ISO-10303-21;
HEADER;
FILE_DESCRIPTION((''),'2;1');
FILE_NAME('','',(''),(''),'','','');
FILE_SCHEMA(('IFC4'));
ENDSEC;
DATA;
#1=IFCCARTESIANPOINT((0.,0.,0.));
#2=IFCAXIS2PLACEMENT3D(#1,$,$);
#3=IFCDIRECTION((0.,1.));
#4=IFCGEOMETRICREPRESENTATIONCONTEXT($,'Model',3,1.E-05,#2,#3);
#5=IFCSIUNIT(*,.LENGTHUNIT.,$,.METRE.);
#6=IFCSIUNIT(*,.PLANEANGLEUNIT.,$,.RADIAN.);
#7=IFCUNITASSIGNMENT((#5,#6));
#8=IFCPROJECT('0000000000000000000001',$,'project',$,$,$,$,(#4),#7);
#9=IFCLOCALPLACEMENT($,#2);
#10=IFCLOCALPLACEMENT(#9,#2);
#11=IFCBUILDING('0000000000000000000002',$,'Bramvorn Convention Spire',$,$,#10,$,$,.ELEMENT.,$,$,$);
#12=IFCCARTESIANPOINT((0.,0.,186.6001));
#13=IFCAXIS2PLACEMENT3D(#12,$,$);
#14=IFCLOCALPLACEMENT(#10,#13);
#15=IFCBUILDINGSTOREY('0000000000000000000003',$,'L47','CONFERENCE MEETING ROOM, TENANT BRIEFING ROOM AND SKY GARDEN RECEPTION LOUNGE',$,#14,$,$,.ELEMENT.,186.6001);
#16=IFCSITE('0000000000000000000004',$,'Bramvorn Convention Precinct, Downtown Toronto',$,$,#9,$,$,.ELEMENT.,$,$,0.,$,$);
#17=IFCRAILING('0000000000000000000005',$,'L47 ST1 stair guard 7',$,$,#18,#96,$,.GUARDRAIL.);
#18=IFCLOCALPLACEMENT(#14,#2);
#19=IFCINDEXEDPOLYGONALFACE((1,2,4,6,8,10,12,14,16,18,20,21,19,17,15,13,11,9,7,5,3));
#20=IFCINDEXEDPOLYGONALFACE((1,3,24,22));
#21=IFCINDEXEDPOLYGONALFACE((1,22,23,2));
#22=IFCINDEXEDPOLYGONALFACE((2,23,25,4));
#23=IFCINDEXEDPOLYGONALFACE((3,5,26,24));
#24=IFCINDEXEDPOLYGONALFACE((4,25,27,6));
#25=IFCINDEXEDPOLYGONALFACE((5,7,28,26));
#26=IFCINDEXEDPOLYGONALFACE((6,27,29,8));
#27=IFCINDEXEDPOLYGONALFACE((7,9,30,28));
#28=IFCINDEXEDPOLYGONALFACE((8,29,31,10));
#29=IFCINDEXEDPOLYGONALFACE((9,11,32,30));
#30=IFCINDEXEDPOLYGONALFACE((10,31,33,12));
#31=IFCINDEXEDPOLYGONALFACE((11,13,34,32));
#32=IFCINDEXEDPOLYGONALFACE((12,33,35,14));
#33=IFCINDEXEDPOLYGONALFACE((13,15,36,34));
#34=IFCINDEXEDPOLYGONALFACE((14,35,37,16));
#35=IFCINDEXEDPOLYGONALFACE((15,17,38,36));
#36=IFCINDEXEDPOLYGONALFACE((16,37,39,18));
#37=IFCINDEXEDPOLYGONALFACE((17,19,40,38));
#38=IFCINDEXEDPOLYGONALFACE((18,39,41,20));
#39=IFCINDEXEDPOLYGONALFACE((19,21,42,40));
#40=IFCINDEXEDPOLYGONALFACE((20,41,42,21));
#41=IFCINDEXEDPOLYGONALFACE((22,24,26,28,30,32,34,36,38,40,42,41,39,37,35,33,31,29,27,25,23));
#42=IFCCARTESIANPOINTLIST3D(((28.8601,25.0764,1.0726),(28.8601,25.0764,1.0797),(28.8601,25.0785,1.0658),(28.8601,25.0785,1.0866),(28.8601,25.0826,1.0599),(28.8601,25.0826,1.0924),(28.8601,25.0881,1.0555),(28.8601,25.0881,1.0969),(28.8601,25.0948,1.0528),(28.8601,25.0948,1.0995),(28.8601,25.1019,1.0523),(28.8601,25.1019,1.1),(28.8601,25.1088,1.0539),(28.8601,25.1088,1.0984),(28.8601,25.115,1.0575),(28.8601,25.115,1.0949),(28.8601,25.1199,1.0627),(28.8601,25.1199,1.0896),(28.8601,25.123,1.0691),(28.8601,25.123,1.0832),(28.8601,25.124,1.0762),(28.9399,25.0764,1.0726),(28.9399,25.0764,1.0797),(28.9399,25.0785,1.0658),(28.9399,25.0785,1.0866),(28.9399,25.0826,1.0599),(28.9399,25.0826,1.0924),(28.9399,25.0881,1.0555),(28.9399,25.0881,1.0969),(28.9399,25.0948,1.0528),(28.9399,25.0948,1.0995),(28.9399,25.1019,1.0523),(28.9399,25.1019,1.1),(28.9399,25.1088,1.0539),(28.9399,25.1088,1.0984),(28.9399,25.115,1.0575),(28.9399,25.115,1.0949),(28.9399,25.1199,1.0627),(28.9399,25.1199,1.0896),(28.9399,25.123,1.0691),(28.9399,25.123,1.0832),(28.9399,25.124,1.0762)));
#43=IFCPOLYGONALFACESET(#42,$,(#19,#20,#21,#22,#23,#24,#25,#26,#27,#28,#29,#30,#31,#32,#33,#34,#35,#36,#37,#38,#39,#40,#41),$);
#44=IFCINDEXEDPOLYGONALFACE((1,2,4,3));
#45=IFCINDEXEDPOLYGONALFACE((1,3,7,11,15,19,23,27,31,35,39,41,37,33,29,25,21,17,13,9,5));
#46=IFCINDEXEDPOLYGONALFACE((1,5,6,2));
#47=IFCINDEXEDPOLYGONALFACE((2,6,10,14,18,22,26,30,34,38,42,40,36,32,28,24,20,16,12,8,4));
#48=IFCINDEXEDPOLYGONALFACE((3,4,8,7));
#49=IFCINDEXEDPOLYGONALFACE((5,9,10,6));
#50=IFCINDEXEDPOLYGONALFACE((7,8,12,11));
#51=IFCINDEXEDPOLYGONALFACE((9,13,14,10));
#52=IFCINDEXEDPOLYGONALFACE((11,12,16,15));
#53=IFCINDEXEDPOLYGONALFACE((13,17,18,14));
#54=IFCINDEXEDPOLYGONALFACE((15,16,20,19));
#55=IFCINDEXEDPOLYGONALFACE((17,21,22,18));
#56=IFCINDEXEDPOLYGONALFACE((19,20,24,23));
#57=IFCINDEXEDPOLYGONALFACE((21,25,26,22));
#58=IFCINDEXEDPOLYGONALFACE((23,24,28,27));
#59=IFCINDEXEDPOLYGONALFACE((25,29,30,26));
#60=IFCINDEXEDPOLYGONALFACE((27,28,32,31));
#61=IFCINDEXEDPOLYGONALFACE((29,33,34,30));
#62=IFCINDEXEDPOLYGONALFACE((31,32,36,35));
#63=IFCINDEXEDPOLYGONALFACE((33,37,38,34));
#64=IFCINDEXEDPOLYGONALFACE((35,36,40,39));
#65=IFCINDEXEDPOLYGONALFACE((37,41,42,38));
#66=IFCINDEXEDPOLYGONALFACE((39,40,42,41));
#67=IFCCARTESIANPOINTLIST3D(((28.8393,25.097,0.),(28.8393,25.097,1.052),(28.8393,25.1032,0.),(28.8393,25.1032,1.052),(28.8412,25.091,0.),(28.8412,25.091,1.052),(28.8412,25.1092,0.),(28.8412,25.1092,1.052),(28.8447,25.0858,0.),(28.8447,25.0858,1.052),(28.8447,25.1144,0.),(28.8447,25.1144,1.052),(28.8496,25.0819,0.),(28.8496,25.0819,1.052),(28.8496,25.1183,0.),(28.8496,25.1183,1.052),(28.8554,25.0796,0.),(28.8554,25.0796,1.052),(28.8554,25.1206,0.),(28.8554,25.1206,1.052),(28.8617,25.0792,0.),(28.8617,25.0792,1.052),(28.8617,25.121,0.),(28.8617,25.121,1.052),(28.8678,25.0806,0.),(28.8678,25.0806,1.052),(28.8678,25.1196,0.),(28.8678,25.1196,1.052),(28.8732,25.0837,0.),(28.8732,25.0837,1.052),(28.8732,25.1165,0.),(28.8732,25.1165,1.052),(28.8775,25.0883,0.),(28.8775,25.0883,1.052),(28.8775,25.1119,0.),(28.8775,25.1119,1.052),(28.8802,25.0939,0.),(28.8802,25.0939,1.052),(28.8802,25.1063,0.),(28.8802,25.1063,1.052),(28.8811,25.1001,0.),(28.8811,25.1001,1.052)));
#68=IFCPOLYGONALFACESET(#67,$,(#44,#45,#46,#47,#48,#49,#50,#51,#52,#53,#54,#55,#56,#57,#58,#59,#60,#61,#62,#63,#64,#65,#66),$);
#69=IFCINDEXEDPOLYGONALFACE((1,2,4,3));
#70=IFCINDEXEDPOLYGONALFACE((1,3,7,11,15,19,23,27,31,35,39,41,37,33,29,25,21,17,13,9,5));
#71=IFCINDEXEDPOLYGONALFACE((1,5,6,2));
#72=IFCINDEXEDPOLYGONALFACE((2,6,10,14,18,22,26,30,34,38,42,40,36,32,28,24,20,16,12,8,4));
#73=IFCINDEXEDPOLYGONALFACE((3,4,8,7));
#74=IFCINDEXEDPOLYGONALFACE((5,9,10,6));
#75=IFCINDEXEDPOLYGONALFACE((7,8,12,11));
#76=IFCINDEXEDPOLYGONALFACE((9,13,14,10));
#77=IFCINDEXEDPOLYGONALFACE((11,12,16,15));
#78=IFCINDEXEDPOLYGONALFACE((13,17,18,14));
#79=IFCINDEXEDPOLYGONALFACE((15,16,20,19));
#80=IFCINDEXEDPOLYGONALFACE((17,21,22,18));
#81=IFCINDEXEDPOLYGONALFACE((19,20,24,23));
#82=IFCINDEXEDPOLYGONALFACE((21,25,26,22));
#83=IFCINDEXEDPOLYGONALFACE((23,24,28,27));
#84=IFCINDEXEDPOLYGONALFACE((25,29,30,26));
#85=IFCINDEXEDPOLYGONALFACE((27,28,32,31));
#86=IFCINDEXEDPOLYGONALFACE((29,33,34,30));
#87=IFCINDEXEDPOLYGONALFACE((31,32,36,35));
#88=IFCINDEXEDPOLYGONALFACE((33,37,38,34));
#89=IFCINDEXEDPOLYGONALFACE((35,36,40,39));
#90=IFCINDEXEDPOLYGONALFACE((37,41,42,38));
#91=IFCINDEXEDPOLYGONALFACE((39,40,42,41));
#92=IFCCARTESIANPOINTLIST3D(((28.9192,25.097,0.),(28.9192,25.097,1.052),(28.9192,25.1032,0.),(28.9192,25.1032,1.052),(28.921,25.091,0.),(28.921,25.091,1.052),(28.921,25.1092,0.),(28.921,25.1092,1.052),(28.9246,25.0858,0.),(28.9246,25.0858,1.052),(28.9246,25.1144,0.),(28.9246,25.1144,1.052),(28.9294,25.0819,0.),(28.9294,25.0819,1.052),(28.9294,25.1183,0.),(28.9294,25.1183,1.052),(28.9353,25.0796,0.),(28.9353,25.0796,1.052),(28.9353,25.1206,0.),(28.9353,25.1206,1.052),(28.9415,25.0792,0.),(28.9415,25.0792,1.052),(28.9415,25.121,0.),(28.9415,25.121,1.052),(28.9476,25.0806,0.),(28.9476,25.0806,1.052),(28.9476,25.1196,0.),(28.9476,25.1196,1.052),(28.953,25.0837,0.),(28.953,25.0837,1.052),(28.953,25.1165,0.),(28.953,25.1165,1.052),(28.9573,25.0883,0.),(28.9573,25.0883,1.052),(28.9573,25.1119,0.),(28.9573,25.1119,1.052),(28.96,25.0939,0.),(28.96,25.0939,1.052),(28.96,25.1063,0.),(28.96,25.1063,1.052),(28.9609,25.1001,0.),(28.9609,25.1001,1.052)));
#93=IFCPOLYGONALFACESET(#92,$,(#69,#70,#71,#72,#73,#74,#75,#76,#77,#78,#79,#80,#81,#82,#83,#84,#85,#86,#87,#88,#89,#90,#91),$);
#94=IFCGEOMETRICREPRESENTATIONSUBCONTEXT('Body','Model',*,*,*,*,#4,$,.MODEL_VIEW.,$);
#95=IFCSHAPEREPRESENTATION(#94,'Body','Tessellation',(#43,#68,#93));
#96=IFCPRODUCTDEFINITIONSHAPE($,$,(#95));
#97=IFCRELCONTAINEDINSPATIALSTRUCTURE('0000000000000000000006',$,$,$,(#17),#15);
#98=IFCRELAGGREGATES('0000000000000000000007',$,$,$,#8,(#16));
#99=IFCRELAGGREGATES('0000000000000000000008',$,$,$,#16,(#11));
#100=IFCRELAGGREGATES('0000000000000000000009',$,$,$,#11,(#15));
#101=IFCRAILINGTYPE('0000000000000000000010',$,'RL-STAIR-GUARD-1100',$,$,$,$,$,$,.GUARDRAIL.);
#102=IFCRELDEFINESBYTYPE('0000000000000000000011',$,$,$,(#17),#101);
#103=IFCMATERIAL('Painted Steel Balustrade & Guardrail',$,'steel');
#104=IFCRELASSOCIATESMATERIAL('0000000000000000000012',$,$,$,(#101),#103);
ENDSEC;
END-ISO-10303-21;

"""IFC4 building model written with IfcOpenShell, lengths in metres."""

from ifc_helpers import new_model, si_unit, direction, frame, origin, origin_2d, place, context, subcontext, project, spatial, circle, extrude, material, type_object, element, save


model = new_model("IFC4")

# Units and contexts
model_context = context("Model", 3, precision=1e-05, world=origin(), true_north=direction((0.0, 1.0)))
body_context = subcontext(model_context, "Body", "Model", "MODEL_VIEW")
ifc_project = project(units=[si_unit("LENGTHUNIT", "METRE"), si_unit("PLANEANGLEUNIT", "RADIAN")], contexts=[model_context])

# Site, building, storey
site_placement = place(None, origin())
site = spatial("IfcSite", under=ifc_project, at=site_placement, Name="Bramvorn Convention Precinct, Downtown Toronto", CompositionType="ELEMENT", RefElevation=0.0)
building_placement = place(site_placement, origin())
building = spatial("IfcBuilding", under=site, at=building_placement, Name="Bramvorn Convention Spire", CompositionType="ELEMENT")
storey_placement = place(building_placement, frame((0.0, 0.0, 186.6001)))
storey = spatial("IfcBuildingStorey", under=building, at=storey_placement, Name="L47", Description="CONFERENCE MEETING ROOM, TENANT BRIEFING ROOM AND SKY GARDEN RECEPTION LOUNGE", CompositionType="ELEMENT", Elevation=186.6001)

# Railing
ifc_material_1 = material(Name="Painted Steel Balustrade & Guardrail", Category="steel")
railing_type_1 = type_object("IfcRailingType", Name="RL-STAIR-GUARD-1100", PredefinedType="GUARDRAIL", material=ifc_material_1)
railing_1_placement = place(storey_placement, frame((28.8601, 25.1001, 0.0)))
element("IfcRailing", 1, at=railing_1_placement, inside=storey, type_object=railing_type_1, Name="L47 ST1 stair guard 7", PredefinedType="GUARDRAIL", context=body_context, shape_type="SweptSolid", body=[
    extrude(circle(Radius=0.0239, at=origin_2d()), frame((0.0, 0.0, 1.0762), z_axis=(1.0, 0.0, 0.0), x_axis=(0.0, 1.0, 0.0)), (0.0, 0.0, 1.0), 0.0798),
    extrude(circle(Radius=0.021, at=origin_2d()), origin(), (0.0, 0.0, 1.0), 1.052),
    extrude(circle(Radius=0.021, at=origin_2d()), frame((0.0798, 0.0, 0.0)), (0.0, 0.0, 1.0), 1.052),
])

save(model, "model.ifc")
